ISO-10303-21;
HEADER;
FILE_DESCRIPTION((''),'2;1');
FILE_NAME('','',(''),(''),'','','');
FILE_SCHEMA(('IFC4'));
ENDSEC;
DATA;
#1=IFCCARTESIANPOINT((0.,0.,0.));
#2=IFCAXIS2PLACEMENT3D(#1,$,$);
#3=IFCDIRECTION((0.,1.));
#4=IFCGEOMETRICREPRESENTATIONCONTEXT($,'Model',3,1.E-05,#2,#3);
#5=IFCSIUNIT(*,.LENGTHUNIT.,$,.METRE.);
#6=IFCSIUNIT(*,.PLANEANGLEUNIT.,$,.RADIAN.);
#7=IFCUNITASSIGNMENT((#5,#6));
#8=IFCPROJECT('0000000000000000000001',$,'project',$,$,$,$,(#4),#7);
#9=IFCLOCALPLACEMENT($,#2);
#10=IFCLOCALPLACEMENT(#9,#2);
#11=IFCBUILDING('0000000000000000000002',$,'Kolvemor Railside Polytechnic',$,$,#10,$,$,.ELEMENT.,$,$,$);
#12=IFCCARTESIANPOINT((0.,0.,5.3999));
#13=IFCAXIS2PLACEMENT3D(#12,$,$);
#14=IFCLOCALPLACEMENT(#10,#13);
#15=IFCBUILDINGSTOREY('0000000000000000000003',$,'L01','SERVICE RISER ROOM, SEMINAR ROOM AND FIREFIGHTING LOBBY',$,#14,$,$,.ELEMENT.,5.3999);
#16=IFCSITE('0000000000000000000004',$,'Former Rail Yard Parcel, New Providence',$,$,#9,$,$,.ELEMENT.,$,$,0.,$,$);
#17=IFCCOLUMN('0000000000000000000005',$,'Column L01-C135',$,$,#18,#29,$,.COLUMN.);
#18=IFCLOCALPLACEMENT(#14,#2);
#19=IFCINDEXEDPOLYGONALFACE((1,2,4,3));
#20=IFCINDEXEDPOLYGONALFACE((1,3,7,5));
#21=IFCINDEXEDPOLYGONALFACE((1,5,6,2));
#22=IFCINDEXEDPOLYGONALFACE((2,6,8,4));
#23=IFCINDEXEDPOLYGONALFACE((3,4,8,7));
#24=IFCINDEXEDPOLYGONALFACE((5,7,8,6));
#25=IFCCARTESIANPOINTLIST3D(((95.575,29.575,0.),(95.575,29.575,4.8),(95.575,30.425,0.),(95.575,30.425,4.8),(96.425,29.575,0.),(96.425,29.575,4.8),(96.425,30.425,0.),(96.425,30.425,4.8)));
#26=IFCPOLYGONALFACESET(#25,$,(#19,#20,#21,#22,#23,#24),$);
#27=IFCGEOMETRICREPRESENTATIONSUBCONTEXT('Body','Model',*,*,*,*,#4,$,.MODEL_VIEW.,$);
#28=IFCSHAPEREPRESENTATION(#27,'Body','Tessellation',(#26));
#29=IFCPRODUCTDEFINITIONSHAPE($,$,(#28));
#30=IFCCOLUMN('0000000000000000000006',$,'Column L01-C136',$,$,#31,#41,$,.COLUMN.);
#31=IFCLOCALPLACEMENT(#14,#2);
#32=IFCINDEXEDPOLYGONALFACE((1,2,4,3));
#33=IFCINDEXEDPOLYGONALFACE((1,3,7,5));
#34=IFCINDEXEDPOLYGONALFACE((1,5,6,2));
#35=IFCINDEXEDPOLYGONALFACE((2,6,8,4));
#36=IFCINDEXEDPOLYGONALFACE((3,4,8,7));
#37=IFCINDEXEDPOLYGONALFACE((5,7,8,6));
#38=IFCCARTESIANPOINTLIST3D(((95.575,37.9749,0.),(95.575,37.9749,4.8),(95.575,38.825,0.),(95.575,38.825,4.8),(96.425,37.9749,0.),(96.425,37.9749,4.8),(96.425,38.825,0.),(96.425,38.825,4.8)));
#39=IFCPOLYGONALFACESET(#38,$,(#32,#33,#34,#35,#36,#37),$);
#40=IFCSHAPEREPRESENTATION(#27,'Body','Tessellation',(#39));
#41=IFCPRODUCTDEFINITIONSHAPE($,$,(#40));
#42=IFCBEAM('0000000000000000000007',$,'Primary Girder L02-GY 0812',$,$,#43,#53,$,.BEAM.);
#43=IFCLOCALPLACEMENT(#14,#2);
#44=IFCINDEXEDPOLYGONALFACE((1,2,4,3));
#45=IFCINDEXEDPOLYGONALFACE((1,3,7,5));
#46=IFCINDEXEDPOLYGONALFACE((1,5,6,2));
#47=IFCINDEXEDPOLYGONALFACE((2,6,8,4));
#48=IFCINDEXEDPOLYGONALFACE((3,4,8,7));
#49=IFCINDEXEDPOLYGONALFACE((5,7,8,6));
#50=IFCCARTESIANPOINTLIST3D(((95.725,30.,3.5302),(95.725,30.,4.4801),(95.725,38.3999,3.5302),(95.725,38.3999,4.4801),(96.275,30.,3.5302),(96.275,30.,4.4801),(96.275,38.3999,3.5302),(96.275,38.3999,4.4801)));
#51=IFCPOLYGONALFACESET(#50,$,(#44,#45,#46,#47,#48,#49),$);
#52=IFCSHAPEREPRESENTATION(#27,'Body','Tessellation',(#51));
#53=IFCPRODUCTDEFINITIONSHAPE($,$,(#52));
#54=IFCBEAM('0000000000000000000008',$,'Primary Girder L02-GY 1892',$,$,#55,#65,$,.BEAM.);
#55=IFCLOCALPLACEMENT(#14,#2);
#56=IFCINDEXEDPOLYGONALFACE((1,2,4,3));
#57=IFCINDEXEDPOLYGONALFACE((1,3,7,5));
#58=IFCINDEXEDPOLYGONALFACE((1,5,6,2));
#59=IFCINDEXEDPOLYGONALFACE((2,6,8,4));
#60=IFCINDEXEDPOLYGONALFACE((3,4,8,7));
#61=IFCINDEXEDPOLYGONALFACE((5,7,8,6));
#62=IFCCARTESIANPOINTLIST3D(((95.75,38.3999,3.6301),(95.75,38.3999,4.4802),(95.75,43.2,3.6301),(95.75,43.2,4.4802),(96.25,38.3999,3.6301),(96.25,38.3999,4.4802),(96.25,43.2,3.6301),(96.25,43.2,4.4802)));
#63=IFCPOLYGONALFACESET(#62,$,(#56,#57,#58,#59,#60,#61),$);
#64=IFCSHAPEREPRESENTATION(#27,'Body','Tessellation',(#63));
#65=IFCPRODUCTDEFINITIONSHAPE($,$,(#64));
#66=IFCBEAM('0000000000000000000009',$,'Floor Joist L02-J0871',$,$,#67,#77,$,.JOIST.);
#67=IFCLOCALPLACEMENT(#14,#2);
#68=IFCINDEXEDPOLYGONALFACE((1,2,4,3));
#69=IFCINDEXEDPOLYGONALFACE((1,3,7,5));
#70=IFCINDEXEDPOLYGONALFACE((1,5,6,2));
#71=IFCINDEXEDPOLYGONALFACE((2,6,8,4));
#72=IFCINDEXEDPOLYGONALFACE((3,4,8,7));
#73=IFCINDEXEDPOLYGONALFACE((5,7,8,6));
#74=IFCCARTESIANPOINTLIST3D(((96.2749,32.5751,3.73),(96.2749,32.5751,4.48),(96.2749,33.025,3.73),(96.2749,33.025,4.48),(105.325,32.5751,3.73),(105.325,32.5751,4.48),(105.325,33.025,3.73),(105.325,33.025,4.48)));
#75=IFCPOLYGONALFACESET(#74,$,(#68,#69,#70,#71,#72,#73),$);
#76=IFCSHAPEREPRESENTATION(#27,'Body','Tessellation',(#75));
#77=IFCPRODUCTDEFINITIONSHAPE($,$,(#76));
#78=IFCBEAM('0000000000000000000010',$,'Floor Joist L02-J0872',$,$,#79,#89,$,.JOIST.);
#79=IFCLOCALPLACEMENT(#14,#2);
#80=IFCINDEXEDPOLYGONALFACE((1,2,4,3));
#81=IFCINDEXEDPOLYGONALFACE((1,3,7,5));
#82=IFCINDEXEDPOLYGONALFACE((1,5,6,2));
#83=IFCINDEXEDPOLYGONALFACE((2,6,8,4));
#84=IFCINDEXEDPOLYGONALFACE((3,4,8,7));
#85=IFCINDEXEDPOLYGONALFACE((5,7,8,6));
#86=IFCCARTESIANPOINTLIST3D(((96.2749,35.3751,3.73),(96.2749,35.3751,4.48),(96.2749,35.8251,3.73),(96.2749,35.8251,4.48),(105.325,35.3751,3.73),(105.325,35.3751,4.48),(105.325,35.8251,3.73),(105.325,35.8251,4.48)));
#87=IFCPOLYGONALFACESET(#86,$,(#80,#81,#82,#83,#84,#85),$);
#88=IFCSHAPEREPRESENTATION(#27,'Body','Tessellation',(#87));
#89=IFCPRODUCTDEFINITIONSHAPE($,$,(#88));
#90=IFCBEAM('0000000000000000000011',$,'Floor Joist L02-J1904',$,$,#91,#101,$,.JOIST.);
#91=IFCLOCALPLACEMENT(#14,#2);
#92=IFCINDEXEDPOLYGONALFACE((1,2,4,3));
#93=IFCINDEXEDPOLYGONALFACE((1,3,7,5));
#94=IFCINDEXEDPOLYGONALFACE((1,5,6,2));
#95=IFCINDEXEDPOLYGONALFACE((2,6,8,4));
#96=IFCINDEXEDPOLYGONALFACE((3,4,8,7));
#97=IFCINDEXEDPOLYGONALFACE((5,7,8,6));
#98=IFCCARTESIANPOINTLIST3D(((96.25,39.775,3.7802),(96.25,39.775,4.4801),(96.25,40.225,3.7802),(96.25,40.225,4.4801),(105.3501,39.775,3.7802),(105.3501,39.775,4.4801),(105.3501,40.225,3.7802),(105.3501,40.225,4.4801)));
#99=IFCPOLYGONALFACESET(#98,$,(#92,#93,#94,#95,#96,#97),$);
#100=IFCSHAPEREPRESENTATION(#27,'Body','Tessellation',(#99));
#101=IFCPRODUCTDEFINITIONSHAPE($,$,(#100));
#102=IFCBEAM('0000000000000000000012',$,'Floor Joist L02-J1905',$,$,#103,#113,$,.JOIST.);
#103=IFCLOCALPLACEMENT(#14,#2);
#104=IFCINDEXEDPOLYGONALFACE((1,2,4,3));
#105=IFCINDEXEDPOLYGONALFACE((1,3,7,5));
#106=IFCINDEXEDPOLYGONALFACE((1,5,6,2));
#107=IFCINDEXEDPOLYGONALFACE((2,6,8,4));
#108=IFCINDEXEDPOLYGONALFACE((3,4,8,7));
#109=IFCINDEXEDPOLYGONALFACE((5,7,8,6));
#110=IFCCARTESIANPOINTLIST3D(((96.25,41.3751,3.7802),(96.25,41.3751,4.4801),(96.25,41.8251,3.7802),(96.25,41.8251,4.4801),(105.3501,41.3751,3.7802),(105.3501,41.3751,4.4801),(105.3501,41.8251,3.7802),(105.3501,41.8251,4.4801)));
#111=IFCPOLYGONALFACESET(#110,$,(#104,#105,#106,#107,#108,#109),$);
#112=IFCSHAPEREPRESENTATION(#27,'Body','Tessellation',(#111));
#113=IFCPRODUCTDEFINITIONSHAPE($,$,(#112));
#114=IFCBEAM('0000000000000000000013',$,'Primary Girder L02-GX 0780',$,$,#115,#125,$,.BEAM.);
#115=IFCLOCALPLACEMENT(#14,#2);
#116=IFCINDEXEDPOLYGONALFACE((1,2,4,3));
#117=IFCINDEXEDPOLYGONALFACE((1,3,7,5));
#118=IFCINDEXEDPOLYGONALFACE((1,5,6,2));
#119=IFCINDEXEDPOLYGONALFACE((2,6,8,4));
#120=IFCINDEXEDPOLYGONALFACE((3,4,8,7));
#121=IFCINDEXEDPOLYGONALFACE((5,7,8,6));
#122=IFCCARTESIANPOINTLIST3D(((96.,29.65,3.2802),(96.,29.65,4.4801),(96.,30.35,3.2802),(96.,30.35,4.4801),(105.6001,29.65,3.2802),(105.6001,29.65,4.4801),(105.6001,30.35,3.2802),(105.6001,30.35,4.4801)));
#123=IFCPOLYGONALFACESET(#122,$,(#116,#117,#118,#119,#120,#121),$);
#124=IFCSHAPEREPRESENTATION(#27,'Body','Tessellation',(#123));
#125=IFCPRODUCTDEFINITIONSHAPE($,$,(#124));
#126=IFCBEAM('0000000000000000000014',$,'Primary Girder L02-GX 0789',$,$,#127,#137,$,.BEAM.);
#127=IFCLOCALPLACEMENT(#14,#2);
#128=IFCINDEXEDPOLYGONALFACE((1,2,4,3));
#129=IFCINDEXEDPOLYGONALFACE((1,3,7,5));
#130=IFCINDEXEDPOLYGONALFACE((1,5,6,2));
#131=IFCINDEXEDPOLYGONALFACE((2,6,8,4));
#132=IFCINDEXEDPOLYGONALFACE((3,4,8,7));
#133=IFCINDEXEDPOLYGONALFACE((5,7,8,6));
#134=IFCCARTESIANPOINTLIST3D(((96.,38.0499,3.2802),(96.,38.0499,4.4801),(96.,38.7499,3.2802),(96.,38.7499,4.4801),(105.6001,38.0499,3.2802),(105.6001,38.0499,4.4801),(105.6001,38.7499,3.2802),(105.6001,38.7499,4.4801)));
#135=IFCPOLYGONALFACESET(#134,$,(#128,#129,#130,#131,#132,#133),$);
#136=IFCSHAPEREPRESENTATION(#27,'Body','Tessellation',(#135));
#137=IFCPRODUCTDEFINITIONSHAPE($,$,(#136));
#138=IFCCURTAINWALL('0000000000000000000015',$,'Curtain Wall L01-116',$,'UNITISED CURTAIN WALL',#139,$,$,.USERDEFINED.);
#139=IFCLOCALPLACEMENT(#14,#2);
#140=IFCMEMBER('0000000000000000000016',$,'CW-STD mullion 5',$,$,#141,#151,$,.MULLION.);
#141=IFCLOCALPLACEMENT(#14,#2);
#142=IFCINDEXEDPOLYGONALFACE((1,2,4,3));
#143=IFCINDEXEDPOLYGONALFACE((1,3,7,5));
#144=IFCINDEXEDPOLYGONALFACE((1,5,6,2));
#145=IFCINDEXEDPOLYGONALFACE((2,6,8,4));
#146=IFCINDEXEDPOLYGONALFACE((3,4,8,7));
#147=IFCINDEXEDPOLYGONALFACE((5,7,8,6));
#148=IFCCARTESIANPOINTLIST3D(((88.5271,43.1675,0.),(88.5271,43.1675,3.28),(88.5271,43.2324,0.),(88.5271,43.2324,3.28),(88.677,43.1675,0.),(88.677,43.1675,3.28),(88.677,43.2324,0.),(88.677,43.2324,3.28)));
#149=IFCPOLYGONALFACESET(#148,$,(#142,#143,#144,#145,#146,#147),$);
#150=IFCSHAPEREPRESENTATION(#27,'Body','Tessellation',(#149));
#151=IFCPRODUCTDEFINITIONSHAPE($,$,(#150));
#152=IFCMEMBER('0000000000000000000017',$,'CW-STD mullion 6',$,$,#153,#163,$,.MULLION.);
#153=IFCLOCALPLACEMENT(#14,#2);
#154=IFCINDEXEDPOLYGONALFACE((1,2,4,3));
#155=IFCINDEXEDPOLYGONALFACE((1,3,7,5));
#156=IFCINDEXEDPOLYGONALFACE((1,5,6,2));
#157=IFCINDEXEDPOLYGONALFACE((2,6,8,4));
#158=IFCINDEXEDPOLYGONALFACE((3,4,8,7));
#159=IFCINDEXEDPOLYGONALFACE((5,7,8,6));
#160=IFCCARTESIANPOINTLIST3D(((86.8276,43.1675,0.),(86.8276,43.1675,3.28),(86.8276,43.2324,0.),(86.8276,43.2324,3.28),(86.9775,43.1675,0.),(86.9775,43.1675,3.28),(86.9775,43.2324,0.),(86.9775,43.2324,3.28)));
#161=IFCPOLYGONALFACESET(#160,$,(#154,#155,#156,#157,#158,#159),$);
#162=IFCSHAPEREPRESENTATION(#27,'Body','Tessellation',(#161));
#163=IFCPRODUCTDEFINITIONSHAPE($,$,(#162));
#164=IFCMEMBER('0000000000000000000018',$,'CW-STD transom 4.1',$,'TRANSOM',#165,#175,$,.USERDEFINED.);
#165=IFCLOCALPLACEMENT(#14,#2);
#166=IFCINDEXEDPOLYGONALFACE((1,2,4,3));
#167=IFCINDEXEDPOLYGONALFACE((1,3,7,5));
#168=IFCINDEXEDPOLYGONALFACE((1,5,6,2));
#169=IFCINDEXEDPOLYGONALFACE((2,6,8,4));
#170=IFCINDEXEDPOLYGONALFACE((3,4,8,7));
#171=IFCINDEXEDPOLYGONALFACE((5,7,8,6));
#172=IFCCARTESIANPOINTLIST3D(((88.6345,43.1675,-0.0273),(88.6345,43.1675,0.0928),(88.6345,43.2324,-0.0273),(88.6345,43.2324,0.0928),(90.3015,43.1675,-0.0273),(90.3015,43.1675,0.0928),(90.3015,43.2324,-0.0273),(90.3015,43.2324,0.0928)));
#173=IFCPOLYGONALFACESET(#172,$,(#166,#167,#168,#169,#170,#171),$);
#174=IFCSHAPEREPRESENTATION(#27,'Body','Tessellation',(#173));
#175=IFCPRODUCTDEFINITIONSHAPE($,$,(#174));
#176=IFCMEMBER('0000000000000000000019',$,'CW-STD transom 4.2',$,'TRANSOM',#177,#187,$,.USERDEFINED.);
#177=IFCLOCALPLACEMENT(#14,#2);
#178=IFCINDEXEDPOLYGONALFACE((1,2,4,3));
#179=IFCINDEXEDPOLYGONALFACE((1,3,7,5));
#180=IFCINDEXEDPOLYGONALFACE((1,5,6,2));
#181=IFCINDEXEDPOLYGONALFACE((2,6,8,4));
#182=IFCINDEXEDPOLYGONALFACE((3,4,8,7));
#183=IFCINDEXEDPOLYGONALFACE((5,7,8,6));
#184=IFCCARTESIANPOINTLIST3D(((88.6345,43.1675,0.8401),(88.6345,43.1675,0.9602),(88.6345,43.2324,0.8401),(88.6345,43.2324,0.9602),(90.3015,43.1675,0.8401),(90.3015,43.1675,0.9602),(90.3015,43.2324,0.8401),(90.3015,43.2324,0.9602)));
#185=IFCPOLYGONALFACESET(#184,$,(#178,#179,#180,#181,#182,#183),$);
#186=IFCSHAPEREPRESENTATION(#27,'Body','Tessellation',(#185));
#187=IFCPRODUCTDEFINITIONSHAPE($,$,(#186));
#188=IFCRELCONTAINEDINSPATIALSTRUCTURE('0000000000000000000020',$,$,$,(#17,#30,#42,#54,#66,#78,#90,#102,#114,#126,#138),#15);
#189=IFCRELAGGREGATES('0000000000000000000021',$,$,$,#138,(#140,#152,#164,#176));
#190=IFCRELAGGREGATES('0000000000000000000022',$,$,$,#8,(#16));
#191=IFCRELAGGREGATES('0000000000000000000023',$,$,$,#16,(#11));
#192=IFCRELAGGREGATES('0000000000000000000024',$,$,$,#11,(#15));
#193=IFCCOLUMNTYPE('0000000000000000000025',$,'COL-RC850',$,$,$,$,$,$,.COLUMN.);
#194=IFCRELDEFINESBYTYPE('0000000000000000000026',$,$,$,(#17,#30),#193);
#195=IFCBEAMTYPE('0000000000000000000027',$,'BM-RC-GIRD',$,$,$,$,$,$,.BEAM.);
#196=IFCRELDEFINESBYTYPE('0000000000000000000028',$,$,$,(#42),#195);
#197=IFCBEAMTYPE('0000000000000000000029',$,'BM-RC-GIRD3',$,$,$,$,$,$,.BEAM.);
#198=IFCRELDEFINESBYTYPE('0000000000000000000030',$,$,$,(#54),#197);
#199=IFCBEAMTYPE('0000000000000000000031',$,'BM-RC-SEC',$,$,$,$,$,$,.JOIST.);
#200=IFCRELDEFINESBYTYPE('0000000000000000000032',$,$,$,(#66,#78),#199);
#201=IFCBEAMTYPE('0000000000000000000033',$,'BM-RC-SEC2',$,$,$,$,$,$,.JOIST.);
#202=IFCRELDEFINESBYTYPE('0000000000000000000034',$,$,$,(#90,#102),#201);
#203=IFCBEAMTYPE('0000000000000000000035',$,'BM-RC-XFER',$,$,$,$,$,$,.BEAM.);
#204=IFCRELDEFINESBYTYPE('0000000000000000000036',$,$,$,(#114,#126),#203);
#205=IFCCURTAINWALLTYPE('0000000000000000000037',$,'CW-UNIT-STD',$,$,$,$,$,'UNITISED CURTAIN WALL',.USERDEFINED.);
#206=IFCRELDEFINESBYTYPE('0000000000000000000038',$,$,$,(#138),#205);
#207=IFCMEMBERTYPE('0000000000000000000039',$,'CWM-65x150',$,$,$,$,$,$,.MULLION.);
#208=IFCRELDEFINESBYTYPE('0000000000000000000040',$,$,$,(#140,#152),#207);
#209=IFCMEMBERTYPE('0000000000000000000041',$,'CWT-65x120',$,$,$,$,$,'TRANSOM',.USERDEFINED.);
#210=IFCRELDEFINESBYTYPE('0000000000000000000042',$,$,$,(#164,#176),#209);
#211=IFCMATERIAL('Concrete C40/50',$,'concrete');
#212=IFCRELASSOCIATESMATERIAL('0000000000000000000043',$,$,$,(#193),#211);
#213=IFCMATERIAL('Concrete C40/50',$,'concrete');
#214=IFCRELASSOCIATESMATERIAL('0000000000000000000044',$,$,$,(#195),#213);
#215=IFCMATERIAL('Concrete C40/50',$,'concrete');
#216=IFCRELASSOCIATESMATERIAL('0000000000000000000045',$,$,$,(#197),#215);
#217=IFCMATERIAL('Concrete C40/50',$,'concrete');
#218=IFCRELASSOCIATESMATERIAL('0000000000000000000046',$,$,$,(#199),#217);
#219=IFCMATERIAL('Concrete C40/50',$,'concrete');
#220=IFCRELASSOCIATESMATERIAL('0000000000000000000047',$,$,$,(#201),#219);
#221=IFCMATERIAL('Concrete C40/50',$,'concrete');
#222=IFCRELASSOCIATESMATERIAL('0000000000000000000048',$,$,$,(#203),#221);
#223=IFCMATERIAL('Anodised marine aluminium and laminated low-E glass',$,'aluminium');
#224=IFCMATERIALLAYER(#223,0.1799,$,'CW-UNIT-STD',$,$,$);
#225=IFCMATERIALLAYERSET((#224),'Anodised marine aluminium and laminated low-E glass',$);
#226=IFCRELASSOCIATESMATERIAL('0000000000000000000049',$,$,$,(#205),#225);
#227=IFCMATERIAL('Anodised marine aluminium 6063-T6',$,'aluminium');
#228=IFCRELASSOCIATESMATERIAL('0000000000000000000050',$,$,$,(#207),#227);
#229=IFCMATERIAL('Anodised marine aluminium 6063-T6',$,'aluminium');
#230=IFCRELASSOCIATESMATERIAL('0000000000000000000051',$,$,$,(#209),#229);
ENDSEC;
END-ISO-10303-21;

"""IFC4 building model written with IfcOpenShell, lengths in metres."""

from ifc_helpers import new_model, si_unit, direction, frame, origin, origin_2d, place, context, subcontext, project, spatial, rectangle, extrude, material, layer, layer_set, material_profile, profile_set, type_object, element, aggregate, save


model = new_model("IFC4")

# Units and contexts
model_context = context("Model", 3, precision=1e-05, world=origin(), true_north=direction((0.0, 1.0)))
body_context = subcontext(model_context, "Body", "Model", "MODEL_VIEW")
ifc_project = project(units=[si_unit("LENGTHUNIT", "METRE"), si_unit("PLANEANGLEUNIT", "RADIAN")], contexts=[model_context])

# Site, building, storey
site_placement = place(None, origin())
site = spatial("IfcSite", under=ifc_project, at=site_placement, Name="Former Rail Yard Parcel, New Providence", CompositionType="ELEMENT", RefElevation=0.0)
building_placement = place(site_placement, origin())
building = spatial("IfcBuilding", under=site, at=building_placement, Name="Kolvemor Railside Polytechnic", CompositionType="ELEMENT")
storey_placement = place(building_placement, frame((0.0, 0.0, 5.3999)))
storey = spatial("IfcBuildingStorey", under=building, at=storey_placement, Name="L01", Description="SERVICE RISER ROOM, SEMINAR ROOM AND FIREFIGHTING LOBBY", CompositionType="ELEMENT", Elevation=5.3999)

# Columns
ifc_material_1 = material(Name="Concrete C40/50", Category="concrete")
ifc_material_profile_1 = material_profile(ifc_material_1, rectangle(XDim=0.8501, YDim=0.8501, at=origin_2d()), Name="RC850x850")
ifc_profile_set_1 = profile_set([ifc_material_profile_1], Name="Concrete C40/50")
column_type = type_object("IfcColumnType", Name="COL-RC850", PredefinedType="COLUMN", material=ifc_profile_set_1)
for number, where, z_axis, x_axis, name in (
    (1, (96.0, 30.0, 0.0), (0.0, 0.0, 1.0), (1.0, 0.0, 0.0), "Column L01-C135"),
    (2, (96.0, 38.3999, 0.0), (0.0, 0.0, 1.0), (1.0, 0.0, 0.0), "Column L01-C136"),
):
    element("IfcColumn", number, at=place(storey_placement, frame(where, z_axis=z_axis, x_axis=x_axis)), inside=storey, type_object=column_type, Name=name, PredefinedType="COLUMN", context=body_context, shape_type="SweptSolid", body=[
        extrude(rectangle(XDim=0.8501, YDim=0.8501, at=origin_2d()), origin(), (0.0, 0.0, 1.0), 4.8),
    ])

# Beams
ifc_material_2 = material(Name="Concrete C40/50", Category="concrete")
ifc_material_profile_2 = material_profile(ifc_material_2, rectangle(XDim=0.55, YDim=0.95, at=origin_2d()), Name="RC550x950")
ifc_profile_set_2 = profile_set([ifc_material_profile_2], Name="Concrete C40/50")
beam_type_1 = type_object("IfcBeamType", Name="BM-RC-GIRD", PredefinedType="BEAM", material=ifc_profile_set_2)
beam_1_placement = place(storey_placement, frame((96.0, 30.0, 4.0051), z_axis=(0.0, 1.0, 0.0), x_axis=(-1.0, 0.0, 0.0)))
element("IfcBeam", 3, at=beam_1_placement, inside=storey, type_object=beam_type_1, Name="Primary Girder L02-GY 0812", PredefinedType="BEAM", context=body_context, shape_type="SweptSolid", body=[
    extrude(rectangle(XDim=0.55, YDim=0.95, at=origin_2d()), origin(), (0.0, 0.0, 1.0), 8.3999),
])
ifc_material_3 = material(Name="Concrete C40/50", Category="concrete")
ifc_material_profile_3 = material_profile(ifc_material_3, rectangle(XDim=0.5, YDim=0.8501, at=origin_2d()), Name="RC500x850")
ifc_profile_set_3 = profile_set([ifc_material_profile_3], Name="Concrete C40/50")
beam_type_2 = type_object("IfcBeamType", Name="BM-RC-GIRD3", PredefinedType="BEAM", material=ifc_profile_set_3)
beam_2_placement = place(storey_placement, frame((96.0, 38.3999, 4.0552), z_axis=(0.0, 1.0, 0.0), x_axis=(-1.0, 0.0, 0.0)))
element("IfcBeam", 4, at=beam_2_placement, inside=storey, type_object=beam_type_2, Name="Primary Girder L02-GY 1892", PredefinedType="BEAM", context=body_context, shape_type="SweptSolid", body=[
    extrude(rectangle(XDim=0.5, YDim=0.8501, at=origin_2d()), origin(), (0.0, 0.0, 1.0), 4.8),
])
ifc_material_4 = material(Name="Concrete C40/50", Category="concrete")
ifc_material_profile_4 = material_profile(ifc_material_4, rectangle(XDim=0.45, YDim=0.75, at=origin_2d()), Name="RC450x750")
ifc_profile_set_4 = profile_set([ifc_material_profile_4], Name="Concrete C40/50")
beam_type_3 = type_object("IfcBeamType", Name="BM-RC-SEC", PredefinedType="JOIST", material=ifc_profile_set_4)
for number, where, z_axis, x_axis, name in (
    (5, (96.2749, 32.8, 4.105), (1.0, 0.0, 0.0), (0.0, 1.0, 0.0), "Floor Joist L02-J0871"),
    (6, (96.2749, 35.6001, 4.105), (1.0, 0.0, 0.0), (0.0, 1.0, 0.0), "Floor Joist L02-J0872"),
):
    element("IfcBeam", number, at=place(storey_placement, frame(where, z_axis=z_axis, x_axis=x_axis)), inside=storey, type_object=beam_type_3, Name=name, PredefinedType="JOIST", context=body_context, shape_type="SweptSolid", body=[
        extrude(rectangle(XDim=0.45, YDim=0.75, at=origin_2d()), origin(), (0.0, 0.0, 1.0), 9.05),
    ])
ifc_material_5 = material(Name="Concrete C40/50", Category="concrete")
ifc_material_profile_5 = material_profile(ifc_material_5, rectangle(XDim=0.45, YDim=0.7, at=origin_2d()), Name="RC450x700")
ifc_profile_set_5 = profile_set([ifc_material_profile_5], Name="Concrete C40/50")
beam_type_4 = type_object("IfcBeamType", Name="BM-RC-SEC2", PredefinedType="JOIST", material=ifc_profile_set_5)
for number, where, z_axis, x_axis, name in (
    (7, (96.25, 40.0, 4.1301), (1.0, 0.0, 0.0), (0.0, 1.0, 0.0), "Floor Joist L02-J1904"),
    (8, (96.25, 41.6001, 4.1301), (1.0, 0.0, 0.0), (0.0, 1.0, 0.0), "Floor Joist L02-J1905"),
):
    element("IfcBeam", number, at=place(storey_placement, frame(where, z_axis=z_axis, x_axis=x_axis)), inside=storey, type_object=beam_type_4, Name=name, PredefinedType="JOIST", context=body_context, shape_type="SweptSolid", body=[
        extrude(rectangle(XDim=0.45, YDim=0.7, at=origin_2d()), origin(), (0.0, 0.0, 1.0), 9.1001),
    ])
ifc_material_6 = material(Name="Concrete C40/50", Category="concrete")
ifc_material_profile_6 = material_profile(ifc_material_6, rectangle(XDim=0.7, YDim=1.2, at=origin_2d()), Name="RC700x1200")
ifc_profile_set_6 = profile_set([ifc_material_profile_6], Name="Concrete C40/50")
beam_type_5 = type_object("IfcBeamType", Name="BM-RC-XFER", PredefinedType="BEAM", material=ifc_profile_set_6)
for number, where, z_axis, x_axis, name in (
    (9, (96.0, 30.0, 3.8801), (1.0, 0.0, 0.0), (0.0, 1.0, 0.0), "Primary Girder L02-GX 0780"),
    (10, (96.0, 38.3999, 3.8801), (1.0, 0.0, 0.0), (0.0, 1.0, 0.0), "Primary Girder L02-GX 0789"),
):
    element("IfcBeam", number, at=place(storey_placement, frame(where, z_axis=z_axis, x_axis=x_axis)), inside=storey, type_object=beam_type_5, Name=name, PredefinedType="BEAM", context=body_context, shape_type="SweptSolid", body=[
        extrude(rectangle(XDim=0.7, YDim=1.2, at=origin_2d()), origin(), (0.0, 0.0, 1.0), 9.6001),
    ])

# Curtain wall, members
ifc_material_7 = material(Name="Anodised marine aluminium and laminated low-E glass", Category="aluminium")
ifc_layer_1 = layer(ifc_material_7, 0.1799, Name="CW-UNIT-STD")
ifc_layer_set_1 = layer_set([ifc_layer_1], Name="Anodised marine aluminium and laminated low-E glass")
curtain_wall_type = type_object("IfcCurtainWallType", Name="CW-UNIT-STD", ElementType="UNITISED CURTAIN WALL", PredefinedType="USERDEFINED", material=ifc_layer_set_1)
curtain_wall_placement = place(storey_placement, origin())
curtain_wall = element("IfcCurtainWall", 11, at=curtain_wall_placement, inside=storey, type_object=curtain_wall_type, Name="Curtain Wall L01-116", ObjectType="UNITISED CURTAIN WALL", PredefinedType="USERDEFINED")
ifc_material_8 = material(Name="Anodised marine aluminium 6063-T6", Category="aluminium")
ifc_material_profile_7 = material_profile(ifc_material_8, rectangle(XDim=0.0649, YDim=0.1499, at=origin_2d()), Name="CW-MUL-65x150")
ifc_profile_set_7 = profile_set([ifc_material_profile_7], Name="Anodised marine aluminium 6063-T6")
member_type_1 = type_object("IfcMemberType", Name="CWM-65x150", PredefinedType="MULLION", material=ifc_profile_set_7)
member_1_placement = place(storey_placement, frame((88.6021, 43.2, 0.0), z_axis=(0.0, 0.0, 1.0), x_axis=(0.0, -1.0, 0.0)))
member_1 = element("IfcMember", 12, at=member_1_placement, type_object=member_type_1, Name="CW-STD mullion 5", PredefinedType="MULLION", context=body_context, shape_type="SweptSolid", body=[
    extrude(rectangle(XDim=0.0649, YDim=0.1499, at=origin_2d()), origin(), (0.0, 0.0, 1.0), 3.28),
])
member_2_placement = place(storey_placement, frame((86.9026, 43.2, 0.0), z_axis=(0.0, 0.0, 1.0), x_axis=(0.0, -1.0, 0.0)))
member_2 = element("IfcMember", 13, at=member_2_placement, type_object=member_type_1, Name="CW-STD mullion 6", PredefinedType="MULLION", context=body_context, shape_type="SweptSolid", body=[
    extrude(rectangle(XDim=0.0649, YDim=0.1499, at=origin_2d()), origin(), (0.0, 0.0, 1.0), 3.28),
])
ifc_material_9 = material(Name="Anodised marine aluminium 6063-T6", Category="aluminium")
ifc_material_profile_8 = material_profile(ifc_material_9, rectangle(XDim=0.0649, YDim=0.1201, at=origin_2d()), Name="CW-TRN-65x120")
ifc_profile_set_8 = profile_set([ifc_material_profile_8], Name="Anodised marine aluminium 6063-T6")
member_type_2 = type_object("IfcMemberType", Name="CWT-65x120", ElementType="TRANSOM", PredefinedType="USERDEFINED", material=ifc_profile_set_8)
member_3_placement = place(storey_placement, frame((90.3015, 43.2, 0.0327), z_axis=(-1.0, 0.0, 0.0), x_axis=(0.0, -1.0, 0.0)))
member_3 = element("IfcMember", 14, at=member_3_placement, type_object=member_type_2, Name="CW-STD transom 4.1", ObjectType="TRANSOM", PredefinedType="USERDEFINED", context=body_context, shape_type="SweptSolid", body=[
    extrude(rectangle(XDim=0.0649, YDim=0.1201, at=origin_2d()), origin(), (0.0, 0.0, 1.0), 1.667),
])
member_4_placement = place(storey_placement, frame((90.3015, 43.2, 0.9001), z_axis=(-1.0, 0.0, 0.0), x_axis=(0.0, -1.0, 0.0)))
member_4 = element("IfcMember", 15, at=member_4_placement, type_object=member_type_2, Name="CW-STD transom 4.2", ObjectType="TRANSOM", PredefinedType="USERDEFINED", context=body_context, shape_type="SweptSolid", body=[
    extrude(rectangle(XDim=0.0649, YDim=0.1201, at=origin_2d()), origin(), (0.0, 0.0, 1.0), 1.667),
])
aggregate(curtain_wall, [member_1, member_2, member_3, member_4])

save(model, "model.ifc")
